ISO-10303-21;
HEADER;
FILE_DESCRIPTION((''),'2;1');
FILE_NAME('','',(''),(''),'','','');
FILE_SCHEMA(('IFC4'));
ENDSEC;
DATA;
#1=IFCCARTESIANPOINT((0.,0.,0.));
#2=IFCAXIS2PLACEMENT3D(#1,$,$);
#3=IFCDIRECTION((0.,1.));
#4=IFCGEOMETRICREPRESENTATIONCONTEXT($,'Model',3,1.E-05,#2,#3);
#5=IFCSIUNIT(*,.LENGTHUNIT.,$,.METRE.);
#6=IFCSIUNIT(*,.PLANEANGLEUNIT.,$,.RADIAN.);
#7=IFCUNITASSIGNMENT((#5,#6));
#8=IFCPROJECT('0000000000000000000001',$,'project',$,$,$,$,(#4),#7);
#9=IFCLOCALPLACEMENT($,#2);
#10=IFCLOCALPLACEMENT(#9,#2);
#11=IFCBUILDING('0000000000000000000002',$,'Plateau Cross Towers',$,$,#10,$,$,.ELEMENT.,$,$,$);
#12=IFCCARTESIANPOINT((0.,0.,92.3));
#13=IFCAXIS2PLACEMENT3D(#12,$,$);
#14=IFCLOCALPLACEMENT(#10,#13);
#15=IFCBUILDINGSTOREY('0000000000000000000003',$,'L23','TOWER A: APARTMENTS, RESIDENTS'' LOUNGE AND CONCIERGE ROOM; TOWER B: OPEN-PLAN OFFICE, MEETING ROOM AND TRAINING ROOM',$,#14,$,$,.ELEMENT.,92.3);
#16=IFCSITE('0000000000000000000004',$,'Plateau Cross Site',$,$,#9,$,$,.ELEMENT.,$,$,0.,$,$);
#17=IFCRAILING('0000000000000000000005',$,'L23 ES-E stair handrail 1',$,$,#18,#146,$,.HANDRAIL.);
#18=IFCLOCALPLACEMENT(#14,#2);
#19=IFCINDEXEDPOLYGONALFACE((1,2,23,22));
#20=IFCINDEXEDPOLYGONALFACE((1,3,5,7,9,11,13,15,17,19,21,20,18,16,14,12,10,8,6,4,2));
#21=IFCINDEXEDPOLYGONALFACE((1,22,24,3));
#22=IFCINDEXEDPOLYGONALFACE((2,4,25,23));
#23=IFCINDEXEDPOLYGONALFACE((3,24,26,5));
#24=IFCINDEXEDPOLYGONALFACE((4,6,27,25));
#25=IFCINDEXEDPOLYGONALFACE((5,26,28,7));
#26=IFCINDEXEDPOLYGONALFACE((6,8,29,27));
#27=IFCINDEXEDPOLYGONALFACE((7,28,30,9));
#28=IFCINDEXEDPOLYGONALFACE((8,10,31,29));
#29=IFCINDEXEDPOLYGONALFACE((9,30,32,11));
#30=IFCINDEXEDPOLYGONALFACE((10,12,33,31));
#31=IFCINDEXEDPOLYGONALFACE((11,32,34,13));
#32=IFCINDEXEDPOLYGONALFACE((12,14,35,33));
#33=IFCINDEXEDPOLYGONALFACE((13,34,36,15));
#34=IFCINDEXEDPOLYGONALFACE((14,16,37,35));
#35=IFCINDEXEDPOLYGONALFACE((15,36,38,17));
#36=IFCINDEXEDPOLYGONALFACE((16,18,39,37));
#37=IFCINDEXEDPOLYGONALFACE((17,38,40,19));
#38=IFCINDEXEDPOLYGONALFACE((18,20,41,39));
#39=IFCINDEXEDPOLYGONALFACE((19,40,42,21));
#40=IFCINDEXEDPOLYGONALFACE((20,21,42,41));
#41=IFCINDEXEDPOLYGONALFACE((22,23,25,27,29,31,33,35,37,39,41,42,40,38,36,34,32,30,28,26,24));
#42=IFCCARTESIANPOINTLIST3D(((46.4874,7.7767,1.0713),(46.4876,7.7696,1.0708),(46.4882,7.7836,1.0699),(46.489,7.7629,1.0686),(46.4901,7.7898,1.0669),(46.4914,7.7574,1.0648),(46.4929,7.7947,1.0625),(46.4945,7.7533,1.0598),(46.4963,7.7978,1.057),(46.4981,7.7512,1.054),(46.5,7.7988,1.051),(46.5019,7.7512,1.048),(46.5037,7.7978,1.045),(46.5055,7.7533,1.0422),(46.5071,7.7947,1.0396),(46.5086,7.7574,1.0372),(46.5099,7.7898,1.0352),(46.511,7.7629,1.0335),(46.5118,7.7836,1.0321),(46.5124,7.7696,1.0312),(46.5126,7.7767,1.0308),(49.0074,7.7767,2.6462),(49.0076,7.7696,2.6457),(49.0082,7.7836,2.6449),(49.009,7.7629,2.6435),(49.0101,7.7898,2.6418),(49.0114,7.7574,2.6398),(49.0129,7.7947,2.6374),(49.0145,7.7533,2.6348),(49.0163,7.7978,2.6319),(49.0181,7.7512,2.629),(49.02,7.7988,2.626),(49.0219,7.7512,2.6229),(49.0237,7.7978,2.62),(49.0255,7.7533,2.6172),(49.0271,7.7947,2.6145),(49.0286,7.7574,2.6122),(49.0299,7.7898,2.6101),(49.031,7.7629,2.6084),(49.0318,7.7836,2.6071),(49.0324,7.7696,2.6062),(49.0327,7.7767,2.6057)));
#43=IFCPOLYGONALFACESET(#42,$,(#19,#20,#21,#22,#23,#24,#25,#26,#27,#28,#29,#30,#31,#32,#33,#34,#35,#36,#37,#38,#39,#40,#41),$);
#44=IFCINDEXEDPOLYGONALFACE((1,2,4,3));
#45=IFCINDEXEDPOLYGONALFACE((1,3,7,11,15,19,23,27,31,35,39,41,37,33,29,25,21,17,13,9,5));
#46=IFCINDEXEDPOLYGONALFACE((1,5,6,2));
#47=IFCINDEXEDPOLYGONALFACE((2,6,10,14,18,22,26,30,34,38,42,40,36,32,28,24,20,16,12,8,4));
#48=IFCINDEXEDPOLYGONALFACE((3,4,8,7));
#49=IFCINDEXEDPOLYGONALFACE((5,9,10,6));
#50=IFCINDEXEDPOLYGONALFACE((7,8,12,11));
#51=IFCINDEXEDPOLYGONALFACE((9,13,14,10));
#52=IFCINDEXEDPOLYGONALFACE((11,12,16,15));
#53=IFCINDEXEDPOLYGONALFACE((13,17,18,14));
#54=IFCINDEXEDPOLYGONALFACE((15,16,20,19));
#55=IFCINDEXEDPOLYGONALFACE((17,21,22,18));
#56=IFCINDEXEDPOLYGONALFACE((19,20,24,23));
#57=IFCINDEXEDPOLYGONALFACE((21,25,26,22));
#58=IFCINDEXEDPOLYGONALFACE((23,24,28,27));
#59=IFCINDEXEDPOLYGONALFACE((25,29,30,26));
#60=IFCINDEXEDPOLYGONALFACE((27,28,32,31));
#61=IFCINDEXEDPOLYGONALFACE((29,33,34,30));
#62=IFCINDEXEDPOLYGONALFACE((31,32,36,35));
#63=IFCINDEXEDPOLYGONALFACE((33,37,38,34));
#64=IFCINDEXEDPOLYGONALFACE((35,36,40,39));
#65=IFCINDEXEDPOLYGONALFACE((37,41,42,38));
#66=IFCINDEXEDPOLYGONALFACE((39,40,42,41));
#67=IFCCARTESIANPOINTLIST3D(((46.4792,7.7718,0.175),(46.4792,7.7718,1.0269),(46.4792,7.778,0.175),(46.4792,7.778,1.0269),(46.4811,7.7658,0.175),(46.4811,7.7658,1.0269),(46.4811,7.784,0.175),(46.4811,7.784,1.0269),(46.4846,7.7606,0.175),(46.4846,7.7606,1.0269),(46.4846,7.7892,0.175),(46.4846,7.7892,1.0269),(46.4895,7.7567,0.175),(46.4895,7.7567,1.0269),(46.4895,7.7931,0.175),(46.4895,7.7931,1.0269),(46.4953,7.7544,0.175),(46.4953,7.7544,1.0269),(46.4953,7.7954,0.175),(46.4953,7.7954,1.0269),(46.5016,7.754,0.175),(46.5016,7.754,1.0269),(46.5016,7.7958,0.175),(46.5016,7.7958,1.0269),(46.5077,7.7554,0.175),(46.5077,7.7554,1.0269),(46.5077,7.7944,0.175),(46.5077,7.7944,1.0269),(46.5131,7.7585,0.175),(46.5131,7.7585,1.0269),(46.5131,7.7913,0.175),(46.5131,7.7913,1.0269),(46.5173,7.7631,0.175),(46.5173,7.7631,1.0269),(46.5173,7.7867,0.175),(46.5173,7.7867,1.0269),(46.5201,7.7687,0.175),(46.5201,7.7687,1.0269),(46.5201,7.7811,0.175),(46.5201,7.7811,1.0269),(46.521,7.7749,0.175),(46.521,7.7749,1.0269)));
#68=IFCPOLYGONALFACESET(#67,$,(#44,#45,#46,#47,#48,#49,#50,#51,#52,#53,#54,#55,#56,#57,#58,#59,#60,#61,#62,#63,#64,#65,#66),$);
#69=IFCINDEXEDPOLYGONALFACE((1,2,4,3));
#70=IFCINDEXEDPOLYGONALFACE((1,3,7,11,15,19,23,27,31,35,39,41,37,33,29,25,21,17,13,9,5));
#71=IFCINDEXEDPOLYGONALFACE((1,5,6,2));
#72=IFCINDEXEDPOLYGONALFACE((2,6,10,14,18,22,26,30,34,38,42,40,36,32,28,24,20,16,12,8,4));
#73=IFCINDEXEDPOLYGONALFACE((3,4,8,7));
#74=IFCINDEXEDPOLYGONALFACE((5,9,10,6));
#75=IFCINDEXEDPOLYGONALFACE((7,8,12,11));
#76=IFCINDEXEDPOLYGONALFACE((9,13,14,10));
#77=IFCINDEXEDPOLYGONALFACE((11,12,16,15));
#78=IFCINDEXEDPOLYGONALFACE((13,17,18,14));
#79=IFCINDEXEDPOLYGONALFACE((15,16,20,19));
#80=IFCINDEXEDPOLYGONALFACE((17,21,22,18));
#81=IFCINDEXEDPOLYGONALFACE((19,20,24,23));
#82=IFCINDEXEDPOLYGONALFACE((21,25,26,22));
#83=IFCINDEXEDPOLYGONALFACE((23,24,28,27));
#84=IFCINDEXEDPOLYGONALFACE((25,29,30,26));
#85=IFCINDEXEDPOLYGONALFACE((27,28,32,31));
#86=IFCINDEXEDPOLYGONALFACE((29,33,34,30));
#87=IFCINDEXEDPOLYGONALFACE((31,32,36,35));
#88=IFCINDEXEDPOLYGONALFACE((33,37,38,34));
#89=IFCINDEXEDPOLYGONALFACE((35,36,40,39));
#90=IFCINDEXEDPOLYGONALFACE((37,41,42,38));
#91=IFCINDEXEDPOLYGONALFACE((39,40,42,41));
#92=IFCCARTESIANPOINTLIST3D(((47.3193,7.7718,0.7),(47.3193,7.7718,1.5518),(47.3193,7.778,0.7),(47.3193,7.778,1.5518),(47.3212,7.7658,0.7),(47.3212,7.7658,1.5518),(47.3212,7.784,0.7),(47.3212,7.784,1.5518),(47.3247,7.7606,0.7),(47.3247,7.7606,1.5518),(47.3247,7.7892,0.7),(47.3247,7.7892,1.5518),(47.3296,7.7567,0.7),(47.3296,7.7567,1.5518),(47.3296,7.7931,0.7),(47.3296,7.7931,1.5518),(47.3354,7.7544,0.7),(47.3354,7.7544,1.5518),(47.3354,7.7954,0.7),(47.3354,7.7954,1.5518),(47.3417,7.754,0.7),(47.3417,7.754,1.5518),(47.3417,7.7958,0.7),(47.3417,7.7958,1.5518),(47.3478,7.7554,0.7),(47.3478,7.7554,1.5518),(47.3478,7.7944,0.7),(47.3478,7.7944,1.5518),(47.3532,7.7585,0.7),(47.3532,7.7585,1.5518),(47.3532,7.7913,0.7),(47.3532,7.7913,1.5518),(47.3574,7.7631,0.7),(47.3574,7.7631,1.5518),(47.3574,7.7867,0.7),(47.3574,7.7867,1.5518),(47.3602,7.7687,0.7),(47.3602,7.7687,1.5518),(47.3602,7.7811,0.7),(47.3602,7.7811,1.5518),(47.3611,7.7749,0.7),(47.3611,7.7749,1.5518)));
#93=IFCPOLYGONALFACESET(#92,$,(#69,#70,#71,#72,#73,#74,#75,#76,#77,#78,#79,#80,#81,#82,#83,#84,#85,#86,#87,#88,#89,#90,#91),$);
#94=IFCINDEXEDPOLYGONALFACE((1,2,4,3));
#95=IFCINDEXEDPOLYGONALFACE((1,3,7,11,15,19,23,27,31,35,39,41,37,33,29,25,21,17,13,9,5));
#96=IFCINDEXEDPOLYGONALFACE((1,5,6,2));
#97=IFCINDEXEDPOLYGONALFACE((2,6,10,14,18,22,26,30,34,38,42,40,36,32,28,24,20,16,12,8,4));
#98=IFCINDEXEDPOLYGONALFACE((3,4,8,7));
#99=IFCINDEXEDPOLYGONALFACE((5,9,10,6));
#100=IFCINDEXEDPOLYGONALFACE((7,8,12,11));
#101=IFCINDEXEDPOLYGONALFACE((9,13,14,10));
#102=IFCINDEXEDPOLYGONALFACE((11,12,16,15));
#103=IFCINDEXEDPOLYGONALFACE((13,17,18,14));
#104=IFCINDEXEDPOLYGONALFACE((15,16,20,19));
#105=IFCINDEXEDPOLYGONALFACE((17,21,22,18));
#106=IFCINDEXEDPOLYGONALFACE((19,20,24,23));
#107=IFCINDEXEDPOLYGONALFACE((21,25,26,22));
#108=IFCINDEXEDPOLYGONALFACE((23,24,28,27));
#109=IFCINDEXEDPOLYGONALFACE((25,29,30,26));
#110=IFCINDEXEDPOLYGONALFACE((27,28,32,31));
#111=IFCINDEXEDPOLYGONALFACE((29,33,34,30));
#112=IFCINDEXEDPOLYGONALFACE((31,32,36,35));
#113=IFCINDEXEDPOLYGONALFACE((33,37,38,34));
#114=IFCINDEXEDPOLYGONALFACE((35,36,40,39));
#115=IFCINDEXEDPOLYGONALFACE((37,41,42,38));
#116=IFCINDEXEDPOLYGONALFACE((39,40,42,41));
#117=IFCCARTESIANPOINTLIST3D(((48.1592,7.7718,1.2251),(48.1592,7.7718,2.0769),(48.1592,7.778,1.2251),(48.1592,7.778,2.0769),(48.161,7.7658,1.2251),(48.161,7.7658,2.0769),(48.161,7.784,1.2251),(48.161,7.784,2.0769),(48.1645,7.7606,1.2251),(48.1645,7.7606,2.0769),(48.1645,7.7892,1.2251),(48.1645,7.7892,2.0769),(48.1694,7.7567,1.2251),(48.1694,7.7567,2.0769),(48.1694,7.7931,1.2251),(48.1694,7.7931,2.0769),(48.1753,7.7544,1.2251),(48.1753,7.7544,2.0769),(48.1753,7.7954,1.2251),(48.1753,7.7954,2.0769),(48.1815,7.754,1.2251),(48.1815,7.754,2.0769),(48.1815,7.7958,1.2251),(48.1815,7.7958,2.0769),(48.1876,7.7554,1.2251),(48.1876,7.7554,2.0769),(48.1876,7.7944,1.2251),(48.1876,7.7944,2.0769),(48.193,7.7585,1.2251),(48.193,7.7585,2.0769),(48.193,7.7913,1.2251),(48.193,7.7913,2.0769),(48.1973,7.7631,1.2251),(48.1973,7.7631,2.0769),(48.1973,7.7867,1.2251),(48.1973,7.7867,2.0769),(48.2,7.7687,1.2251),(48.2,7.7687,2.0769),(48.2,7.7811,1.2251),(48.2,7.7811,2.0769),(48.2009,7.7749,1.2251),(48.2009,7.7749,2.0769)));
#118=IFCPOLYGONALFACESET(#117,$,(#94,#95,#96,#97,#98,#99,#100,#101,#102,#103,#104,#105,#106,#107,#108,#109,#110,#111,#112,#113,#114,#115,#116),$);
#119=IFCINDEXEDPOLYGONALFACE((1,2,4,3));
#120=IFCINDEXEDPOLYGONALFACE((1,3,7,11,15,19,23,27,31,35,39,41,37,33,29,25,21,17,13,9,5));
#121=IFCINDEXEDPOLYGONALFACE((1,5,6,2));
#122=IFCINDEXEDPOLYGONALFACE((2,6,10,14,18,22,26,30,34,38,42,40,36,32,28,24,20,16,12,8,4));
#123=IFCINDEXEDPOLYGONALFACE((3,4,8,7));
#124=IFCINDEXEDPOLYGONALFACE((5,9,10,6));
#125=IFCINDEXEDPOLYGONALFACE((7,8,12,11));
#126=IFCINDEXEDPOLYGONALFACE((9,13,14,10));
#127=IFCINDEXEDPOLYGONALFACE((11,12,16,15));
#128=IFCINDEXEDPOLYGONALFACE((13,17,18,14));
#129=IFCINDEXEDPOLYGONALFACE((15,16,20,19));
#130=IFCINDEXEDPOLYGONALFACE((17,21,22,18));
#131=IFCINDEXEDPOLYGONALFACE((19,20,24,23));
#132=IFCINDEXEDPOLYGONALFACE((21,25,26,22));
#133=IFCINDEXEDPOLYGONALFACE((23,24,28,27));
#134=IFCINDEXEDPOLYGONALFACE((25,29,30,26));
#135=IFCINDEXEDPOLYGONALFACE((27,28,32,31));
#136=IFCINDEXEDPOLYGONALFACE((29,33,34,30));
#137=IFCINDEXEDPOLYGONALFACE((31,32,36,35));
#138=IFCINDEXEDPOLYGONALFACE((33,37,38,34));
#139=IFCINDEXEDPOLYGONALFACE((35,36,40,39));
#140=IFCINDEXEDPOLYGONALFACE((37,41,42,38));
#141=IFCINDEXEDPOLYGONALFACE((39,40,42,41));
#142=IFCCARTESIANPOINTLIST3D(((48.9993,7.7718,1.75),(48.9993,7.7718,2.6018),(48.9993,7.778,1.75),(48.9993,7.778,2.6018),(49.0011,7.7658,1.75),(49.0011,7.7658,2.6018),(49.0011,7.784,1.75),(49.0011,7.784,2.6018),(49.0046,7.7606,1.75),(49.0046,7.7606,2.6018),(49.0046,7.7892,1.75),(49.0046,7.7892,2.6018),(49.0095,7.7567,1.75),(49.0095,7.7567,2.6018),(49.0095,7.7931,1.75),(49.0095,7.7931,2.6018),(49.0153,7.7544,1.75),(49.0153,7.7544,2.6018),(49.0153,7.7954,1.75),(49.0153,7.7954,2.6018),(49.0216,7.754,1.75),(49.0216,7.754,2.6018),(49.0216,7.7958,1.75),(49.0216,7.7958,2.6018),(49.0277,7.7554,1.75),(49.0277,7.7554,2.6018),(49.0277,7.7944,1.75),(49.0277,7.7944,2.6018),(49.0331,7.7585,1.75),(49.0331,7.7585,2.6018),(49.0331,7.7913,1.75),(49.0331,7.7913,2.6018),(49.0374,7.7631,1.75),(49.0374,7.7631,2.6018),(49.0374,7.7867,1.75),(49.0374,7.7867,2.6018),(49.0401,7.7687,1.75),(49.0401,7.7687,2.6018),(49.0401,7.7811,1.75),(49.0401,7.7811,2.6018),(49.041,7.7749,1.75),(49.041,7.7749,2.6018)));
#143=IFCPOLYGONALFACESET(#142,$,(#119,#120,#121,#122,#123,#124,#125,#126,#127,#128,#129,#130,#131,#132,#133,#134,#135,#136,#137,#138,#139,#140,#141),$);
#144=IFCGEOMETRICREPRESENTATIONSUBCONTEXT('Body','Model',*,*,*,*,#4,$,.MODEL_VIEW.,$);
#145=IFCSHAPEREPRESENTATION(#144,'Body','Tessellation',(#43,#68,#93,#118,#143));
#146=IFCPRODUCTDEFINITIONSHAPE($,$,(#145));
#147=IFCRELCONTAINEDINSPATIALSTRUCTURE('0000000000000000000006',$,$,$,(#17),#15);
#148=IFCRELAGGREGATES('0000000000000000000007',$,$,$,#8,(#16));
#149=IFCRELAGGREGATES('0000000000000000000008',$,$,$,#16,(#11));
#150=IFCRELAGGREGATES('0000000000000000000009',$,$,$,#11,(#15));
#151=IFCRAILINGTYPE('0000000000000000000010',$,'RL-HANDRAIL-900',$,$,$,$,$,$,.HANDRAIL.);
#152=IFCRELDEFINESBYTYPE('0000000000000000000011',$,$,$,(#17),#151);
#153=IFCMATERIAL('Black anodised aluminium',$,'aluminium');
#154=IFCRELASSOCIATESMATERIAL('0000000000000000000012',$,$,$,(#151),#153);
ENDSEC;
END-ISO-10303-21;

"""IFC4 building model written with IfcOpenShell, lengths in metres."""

from ifc_helpers import new_model, si_unit, direction, frame, origin, origin_2d, place, context, subcontext, project, spatial, circle, extrude, material, type_object, element, save


model = new_model("IFC4")

# Units and contexts
model_context = context("Model", 3, precision=1e-05, world=origin(), true_north=direction((0.0, 1.0)))
body_context = subcontext(model_context, "Body", "Model", "MODEL_VIEW")
ifc_project = project(units=[si_unit("LENGTHUNIT", "METRE"), si_unit("PLANEANGLEUNIT", "RADIAN")], contexts=[model_context])

# Site, building, storey
site_placement = place(None, origin())
site = spatial("IfcSite", under=ifc_project, at=site_placement, Name="Plateau Cross Site", CompositionType="ELEMENT", RefElevation=0.0)
building_placement = place(site_placement, origin())
building = spatial("IfcBuilding", under=site, at=building_placement, Name="Plateau Cross Towers", CompositionType="ELEMENT")
storey_placement = place(building_placement, frame((0.0, 0.0, 92.3)))
storey = spatial("IfcBuildingStorey", under=building, at=storey_placement, Name="L23", Description="TOWER A: APARTMENTS, RESIDENTS' LOUNGE AND CONCIERGE ROOM; TOWER B: OPEN-PLAN OFFICE, MEETING ROOM AND TRAINING ROOM", CompositionType="ELEMENT", Elevation=92.3)

# Shared definitions
ifc_material_1 = material(Name="Black anodised aluminium", Category="aluminium")

# Railing
railing_type_1 = type_object("IfcRailingType", Name="RL-HANDRAIL-900", PredefinedType="HANDRAIL", material=ifc_material_1)
railing_1_placement = place(storey_placement, frame((46.5, 7.7749, 0.175)))
element("IfcRailing", 1, at=railing_1_placement, inside=storey, type_object=railing_type_1, Name="L23 ES-E stair handrail 1", PredefinedType="HANDRAIL", context=body_context, shape_type="SweptSolid", body=[
    extrude(circle(Radius=0.0239, at=origin_2d()), frame((0.0, 0.0, 0.876), z_axis=(0.848008, 0.0, 0.529984), x_axis=(0.0, 1.0, 0.0)), (0.0, 0.0, 1.0), 2.9717),
    extrude(circle(Radius=0.021, at=origin_2d()), origin(), (0.0, 0.0, 1.0), 0.8518),
    extrude(circle(Radius=0.021, at=origin_2d()), frame((0.8401, 0.0, 0.5249)), (0.0, 0.0, 1.0), 0.8518),
    extrude(circle(Radius=0.021, at=origin_2d()), frame((1.6799, 0.0, 1.05)), (0.0, 0.0, 1.0), 0.8518),
    extrude(circle(Radius=0.021, at=origin_2d()), frame((2.52, 0.0, 1.575)), (0.0, 0.0, 1.0), 0.8518),
])

save(model, "model.ifc")
